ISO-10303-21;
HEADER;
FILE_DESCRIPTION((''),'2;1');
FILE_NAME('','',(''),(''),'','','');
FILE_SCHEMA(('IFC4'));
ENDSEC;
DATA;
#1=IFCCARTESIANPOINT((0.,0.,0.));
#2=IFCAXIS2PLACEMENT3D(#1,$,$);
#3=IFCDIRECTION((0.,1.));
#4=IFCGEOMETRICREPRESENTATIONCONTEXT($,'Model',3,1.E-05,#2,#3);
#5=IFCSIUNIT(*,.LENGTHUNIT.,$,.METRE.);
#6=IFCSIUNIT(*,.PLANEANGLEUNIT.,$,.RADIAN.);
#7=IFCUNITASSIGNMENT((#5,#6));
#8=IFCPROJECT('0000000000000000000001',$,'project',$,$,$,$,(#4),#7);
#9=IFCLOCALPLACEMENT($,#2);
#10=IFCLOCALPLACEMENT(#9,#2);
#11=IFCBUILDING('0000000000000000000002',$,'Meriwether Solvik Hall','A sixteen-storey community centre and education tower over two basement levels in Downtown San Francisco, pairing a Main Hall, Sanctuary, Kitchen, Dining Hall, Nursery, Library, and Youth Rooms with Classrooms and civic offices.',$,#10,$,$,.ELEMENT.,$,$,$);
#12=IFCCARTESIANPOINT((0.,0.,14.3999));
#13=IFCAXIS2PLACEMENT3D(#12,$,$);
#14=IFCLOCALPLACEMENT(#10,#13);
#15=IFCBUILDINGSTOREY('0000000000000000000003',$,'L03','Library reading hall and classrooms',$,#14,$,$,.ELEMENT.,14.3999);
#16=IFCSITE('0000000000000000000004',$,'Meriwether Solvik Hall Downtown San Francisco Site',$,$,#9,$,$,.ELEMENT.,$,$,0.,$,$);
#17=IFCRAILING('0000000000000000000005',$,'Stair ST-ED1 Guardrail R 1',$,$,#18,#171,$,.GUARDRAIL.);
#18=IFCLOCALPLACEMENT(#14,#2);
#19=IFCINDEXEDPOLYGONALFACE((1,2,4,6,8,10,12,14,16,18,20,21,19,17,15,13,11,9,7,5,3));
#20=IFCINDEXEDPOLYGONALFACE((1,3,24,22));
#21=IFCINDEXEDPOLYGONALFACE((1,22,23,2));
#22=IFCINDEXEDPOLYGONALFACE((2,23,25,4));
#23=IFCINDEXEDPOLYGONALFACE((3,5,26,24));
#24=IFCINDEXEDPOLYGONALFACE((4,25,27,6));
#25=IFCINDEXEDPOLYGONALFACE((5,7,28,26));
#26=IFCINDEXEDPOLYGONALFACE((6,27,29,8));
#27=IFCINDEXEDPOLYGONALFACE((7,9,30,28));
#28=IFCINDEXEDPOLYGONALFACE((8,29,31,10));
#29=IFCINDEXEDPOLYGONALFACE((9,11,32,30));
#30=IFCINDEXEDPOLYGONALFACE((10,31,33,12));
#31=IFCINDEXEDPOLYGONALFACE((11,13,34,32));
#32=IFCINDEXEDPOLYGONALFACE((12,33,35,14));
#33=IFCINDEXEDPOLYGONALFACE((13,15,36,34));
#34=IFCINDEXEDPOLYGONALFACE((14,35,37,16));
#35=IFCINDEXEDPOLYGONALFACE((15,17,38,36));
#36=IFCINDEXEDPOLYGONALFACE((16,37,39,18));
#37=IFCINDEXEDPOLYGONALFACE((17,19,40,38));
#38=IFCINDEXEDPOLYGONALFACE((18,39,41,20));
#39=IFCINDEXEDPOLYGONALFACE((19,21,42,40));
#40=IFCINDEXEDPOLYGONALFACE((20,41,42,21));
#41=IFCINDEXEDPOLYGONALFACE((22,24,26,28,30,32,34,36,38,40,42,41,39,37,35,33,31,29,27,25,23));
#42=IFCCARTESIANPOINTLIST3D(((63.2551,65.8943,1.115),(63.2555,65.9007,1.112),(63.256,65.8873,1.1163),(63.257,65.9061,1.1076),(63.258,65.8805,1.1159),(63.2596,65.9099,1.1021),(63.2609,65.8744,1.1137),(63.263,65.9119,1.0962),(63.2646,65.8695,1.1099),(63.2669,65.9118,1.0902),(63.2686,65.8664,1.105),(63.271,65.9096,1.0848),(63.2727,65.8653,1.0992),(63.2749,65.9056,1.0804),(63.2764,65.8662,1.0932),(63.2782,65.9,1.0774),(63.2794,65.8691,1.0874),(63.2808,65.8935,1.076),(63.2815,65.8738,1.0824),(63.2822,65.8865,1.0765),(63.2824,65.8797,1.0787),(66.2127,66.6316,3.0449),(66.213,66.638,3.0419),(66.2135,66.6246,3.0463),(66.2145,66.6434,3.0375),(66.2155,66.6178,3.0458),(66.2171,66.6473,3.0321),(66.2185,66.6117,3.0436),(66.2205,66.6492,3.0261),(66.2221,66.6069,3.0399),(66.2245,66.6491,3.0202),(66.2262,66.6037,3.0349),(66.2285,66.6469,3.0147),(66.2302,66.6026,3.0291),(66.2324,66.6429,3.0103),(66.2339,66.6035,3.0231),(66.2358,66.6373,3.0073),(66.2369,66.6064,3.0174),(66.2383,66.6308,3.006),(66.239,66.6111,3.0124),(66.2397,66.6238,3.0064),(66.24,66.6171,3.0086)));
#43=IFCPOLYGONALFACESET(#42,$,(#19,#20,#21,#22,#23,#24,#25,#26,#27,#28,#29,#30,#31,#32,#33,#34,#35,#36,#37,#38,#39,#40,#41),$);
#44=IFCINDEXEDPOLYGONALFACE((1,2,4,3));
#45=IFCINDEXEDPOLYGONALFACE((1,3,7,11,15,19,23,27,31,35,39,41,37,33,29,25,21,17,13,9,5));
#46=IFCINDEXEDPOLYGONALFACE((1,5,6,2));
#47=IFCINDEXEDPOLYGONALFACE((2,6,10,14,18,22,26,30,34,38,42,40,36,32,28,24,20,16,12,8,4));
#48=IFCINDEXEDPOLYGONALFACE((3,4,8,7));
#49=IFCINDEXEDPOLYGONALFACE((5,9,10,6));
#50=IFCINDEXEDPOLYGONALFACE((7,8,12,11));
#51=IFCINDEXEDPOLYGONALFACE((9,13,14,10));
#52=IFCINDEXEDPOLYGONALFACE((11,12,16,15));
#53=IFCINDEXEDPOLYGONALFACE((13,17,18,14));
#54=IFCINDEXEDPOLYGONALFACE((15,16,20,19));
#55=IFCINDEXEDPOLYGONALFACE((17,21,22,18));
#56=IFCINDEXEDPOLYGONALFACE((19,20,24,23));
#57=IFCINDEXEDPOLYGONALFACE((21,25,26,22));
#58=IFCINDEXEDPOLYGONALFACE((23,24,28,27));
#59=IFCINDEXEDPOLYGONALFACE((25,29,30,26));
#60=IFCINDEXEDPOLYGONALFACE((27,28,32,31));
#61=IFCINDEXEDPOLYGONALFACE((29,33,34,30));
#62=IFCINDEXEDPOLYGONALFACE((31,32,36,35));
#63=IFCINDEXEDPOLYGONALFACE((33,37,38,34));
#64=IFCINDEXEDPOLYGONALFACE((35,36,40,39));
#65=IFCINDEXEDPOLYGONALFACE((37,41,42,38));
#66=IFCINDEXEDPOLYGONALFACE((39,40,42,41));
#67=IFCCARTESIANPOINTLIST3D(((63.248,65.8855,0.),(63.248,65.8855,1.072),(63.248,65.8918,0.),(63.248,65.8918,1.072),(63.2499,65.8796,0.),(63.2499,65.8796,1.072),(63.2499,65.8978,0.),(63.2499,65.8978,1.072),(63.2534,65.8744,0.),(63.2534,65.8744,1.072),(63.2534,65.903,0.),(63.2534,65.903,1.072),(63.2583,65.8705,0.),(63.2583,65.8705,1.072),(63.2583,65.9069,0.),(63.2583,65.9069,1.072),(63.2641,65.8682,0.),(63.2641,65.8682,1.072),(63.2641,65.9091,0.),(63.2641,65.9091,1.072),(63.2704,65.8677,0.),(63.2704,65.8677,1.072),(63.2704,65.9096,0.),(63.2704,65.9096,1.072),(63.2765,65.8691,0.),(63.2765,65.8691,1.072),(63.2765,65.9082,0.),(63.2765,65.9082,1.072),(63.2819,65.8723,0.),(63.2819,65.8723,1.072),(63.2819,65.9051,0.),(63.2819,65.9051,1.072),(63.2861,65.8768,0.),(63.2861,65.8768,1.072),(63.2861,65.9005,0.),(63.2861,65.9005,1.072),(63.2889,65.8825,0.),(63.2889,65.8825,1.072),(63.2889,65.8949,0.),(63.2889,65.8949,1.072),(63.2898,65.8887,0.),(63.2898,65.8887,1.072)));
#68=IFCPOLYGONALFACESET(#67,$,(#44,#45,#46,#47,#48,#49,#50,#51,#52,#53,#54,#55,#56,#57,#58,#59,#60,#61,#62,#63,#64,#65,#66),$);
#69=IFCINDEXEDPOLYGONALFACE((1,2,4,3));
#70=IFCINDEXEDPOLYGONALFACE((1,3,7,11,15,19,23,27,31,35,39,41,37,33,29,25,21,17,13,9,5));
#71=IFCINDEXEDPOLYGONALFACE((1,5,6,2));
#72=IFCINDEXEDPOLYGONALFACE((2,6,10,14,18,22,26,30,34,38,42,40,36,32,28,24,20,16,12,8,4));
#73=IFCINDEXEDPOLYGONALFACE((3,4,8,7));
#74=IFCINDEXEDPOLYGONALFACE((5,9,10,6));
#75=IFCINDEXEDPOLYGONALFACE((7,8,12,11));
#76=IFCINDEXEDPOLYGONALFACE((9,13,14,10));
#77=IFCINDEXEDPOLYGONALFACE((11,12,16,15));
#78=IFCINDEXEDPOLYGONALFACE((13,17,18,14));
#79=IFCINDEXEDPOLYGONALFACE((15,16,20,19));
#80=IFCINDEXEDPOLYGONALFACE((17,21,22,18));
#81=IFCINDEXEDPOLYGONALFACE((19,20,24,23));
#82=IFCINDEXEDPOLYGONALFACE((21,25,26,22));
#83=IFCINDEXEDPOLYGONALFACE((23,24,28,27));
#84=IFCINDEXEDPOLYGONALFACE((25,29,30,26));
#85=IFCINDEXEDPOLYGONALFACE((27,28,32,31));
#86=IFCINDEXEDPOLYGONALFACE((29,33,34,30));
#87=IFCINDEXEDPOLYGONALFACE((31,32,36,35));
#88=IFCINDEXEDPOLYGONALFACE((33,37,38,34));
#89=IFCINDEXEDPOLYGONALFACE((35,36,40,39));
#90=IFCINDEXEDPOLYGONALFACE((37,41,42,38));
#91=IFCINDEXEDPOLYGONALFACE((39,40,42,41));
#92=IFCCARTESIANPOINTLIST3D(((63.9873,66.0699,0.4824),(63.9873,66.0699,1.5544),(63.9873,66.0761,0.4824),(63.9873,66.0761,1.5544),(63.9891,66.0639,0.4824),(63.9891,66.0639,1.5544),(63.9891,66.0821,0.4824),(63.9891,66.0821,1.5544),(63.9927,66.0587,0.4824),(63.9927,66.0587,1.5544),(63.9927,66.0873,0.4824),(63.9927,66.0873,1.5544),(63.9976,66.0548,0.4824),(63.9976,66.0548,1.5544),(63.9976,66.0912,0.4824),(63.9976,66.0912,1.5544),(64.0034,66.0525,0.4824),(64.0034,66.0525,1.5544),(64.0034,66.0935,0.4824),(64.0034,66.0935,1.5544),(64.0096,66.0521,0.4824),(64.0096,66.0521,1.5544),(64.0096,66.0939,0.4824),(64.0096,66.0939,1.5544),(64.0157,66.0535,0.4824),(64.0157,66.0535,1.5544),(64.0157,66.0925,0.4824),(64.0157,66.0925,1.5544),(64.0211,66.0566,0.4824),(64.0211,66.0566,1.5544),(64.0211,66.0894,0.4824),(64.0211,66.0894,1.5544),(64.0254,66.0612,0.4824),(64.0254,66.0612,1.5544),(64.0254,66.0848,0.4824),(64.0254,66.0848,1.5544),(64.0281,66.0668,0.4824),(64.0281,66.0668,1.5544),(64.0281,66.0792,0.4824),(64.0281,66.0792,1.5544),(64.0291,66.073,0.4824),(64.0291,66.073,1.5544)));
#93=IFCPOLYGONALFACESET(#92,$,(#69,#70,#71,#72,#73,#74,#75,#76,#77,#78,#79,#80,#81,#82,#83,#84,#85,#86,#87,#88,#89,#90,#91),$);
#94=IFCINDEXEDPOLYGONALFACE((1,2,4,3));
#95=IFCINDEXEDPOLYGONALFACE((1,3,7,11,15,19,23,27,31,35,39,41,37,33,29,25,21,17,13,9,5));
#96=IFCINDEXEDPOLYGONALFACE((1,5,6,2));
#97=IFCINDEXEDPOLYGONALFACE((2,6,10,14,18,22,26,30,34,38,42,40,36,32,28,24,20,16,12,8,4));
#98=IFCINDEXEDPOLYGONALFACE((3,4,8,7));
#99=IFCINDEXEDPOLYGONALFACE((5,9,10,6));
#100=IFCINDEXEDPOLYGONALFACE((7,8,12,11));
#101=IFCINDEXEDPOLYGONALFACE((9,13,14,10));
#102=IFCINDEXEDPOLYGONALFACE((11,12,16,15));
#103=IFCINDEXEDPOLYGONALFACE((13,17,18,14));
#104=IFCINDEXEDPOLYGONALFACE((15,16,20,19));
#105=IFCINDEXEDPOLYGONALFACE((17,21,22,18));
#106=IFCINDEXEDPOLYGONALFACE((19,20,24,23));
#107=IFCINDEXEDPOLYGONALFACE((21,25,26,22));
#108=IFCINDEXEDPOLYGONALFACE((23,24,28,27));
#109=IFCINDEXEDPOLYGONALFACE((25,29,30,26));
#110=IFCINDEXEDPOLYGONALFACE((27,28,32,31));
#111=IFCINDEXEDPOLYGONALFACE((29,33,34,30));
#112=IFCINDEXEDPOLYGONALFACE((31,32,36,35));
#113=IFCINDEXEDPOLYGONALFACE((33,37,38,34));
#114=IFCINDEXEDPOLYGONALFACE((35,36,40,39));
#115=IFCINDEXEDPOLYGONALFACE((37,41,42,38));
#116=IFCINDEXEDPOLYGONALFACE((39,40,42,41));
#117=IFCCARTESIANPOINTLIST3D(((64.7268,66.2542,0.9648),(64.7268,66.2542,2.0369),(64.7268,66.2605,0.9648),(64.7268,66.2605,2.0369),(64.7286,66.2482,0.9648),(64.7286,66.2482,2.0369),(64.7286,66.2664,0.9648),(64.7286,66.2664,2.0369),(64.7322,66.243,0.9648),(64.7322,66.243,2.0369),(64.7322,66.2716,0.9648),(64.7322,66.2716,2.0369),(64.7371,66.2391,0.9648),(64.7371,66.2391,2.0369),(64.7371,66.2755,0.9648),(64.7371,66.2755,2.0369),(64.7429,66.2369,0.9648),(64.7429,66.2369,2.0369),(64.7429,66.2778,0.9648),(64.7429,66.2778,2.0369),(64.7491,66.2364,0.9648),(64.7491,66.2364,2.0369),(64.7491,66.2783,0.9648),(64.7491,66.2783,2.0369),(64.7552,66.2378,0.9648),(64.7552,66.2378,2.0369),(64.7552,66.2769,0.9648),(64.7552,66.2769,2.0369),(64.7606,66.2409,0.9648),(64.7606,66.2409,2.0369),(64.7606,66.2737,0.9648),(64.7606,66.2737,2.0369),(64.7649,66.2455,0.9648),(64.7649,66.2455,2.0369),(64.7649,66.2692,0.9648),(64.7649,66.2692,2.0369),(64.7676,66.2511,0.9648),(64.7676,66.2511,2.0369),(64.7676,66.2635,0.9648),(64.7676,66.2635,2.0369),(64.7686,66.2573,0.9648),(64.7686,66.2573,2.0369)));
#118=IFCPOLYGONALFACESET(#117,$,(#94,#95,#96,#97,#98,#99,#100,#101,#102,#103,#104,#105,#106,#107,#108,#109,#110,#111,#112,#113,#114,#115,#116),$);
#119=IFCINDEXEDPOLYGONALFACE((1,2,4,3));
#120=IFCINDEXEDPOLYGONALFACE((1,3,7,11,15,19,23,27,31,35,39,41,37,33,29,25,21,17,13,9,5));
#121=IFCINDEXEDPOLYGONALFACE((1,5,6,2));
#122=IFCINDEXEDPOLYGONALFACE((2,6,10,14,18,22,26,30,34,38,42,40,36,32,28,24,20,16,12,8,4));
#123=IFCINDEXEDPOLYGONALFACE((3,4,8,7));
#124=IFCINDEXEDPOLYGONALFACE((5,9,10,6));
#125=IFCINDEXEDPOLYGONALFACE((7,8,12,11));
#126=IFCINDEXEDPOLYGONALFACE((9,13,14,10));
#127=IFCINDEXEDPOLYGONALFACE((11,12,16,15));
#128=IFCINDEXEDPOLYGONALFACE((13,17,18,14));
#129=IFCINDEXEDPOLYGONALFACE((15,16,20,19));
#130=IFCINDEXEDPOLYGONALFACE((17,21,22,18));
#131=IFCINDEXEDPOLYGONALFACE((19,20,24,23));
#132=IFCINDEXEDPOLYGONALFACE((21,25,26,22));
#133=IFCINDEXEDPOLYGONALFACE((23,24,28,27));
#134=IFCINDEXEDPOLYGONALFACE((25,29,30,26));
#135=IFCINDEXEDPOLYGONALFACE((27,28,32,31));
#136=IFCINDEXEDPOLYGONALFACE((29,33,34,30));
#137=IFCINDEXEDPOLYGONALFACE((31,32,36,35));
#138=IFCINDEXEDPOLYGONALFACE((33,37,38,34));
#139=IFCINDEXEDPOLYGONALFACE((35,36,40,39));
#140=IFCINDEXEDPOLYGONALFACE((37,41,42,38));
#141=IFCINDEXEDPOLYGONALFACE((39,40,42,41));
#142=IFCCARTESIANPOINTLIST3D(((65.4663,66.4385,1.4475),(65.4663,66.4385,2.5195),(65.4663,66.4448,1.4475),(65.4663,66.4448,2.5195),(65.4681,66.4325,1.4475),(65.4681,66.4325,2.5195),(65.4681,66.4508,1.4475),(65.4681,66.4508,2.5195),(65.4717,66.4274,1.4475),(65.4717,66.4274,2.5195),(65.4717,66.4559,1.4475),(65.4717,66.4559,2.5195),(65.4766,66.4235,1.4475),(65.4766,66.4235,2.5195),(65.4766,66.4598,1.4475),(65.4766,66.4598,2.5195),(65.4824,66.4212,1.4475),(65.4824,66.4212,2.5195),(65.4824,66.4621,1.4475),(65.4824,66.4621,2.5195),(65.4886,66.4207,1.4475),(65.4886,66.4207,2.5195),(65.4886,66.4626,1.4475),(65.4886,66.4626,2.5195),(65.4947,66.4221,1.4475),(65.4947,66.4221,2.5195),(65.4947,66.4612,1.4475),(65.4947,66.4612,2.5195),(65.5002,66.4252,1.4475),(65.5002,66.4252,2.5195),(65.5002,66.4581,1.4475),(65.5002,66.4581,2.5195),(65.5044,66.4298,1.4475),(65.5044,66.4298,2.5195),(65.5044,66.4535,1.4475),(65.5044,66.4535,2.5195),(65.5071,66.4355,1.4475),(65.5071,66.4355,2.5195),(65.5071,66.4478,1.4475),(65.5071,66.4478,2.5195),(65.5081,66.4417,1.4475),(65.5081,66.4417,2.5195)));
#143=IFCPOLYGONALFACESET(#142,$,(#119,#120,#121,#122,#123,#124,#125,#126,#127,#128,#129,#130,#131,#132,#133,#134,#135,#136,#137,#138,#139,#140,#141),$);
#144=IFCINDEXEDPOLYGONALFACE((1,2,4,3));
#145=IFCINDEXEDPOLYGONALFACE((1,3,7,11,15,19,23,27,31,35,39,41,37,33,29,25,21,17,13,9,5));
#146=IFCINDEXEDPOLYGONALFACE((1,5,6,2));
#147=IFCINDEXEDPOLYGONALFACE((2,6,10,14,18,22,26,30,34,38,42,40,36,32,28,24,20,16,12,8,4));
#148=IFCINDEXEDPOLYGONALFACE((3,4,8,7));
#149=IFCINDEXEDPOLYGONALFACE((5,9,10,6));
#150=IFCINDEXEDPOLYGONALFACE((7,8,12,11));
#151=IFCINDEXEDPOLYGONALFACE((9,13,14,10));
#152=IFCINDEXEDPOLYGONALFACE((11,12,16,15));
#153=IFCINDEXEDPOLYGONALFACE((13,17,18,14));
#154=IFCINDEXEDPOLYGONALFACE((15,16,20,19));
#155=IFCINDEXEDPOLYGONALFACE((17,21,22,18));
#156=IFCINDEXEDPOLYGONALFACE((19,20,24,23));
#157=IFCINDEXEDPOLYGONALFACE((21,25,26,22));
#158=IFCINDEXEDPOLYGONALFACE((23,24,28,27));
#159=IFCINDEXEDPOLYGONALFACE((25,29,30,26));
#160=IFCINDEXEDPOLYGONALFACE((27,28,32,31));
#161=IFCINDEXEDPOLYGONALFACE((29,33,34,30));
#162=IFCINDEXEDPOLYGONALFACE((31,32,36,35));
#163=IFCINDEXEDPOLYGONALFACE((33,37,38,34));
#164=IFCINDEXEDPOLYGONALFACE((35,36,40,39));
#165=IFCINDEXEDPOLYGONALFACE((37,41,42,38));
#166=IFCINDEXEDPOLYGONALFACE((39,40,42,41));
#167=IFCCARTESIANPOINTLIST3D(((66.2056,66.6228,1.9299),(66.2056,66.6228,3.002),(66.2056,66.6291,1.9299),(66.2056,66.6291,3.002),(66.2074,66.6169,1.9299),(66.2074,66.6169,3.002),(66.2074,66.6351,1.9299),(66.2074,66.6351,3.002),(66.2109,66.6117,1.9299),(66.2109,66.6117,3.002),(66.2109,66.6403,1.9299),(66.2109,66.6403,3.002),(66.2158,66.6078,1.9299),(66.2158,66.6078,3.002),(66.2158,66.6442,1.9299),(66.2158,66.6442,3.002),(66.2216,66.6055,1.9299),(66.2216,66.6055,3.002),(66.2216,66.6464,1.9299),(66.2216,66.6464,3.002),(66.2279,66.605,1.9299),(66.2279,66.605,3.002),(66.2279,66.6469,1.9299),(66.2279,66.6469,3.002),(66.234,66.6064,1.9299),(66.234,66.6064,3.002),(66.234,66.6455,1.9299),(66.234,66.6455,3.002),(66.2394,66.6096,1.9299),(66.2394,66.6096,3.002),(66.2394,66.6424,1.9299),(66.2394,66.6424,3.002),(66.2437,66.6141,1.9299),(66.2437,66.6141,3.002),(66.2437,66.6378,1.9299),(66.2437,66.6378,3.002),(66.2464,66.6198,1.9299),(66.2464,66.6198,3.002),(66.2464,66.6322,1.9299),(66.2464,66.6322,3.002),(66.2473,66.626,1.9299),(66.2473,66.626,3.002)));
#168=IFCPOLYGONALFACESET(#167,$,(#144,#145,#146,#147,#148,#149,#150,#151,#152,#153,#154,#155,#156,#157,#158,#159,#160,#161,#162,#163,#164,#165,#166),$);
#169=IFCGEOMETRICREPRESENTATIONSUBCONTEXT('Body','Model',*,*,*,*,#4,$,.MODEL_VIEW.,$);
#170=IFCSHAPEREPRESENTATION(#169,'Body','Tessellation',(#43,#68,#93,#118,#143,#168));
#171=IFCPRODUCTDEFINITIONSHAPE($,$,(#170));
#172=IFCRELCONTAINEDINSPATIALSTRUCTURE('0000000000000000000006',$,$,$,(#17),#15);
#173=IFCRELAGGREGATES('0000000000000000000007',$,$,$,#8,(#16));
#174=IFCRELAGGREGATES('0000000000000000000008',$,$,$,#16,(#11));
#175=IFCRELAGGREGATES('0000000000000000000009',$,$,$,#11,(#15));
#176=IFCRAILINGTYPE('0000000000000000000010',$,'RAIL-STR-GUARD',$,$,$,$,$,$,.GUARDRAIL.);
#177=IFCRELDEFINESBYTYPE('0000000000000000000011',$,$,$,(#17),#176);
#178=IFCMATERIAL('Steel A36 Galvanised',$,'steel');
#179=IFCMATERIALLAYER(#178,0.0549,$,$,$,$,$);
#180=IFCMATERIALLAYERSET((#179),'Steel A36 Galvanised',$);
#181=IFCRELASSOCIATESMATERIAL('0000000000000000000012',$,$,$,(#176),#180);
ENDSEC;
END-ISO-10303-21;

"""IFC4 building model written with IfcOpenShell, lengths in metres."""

from ifc_helpers import new_model, si_unit, direction, frame, origin, origin_2d, place, context, subcontext, project, spatial, circle, extrude, material, layer, layer_set, type_object, element, save


model = new_model("IFC4")

# Units and contexts
model_context = context("Model", 3, precision=1e-05, world=origin(), true_north=direction((0.0, 1.0)))
body_context = subcontext(model_context, "Body", "Model", "MODEL_VIEW")
ifc_project = project(units=[si_unit("LENGTHUNIT", "METRE"), si_unit("PLANEANGLEUNIT", "RADIAN")], contexts=[model_context])

# Site, building, storey
site_placement = place(None, origin())
site = spatial("IfcSite", under=ifc_project, at=site_placement, Name="Meriwether Solvik Hall Downtown San Francisco Site", CompositionType="ELEMENT", RefElevation=0.0)
building_placement = place(site_placement, origin())
building = spatial("IfcBuilding", under=site, at=building_placement, Name="Meriwether Solvik Hall", Description="A sixteen-storey community centre and education tower over two basement levels in Downtown San Francisco, pairing a Main Hall, Sanctuary, Kitchen, Dining Hall, Nursery, Library, and Youth Rooms with Classrooms and civic offices.", CompositionType="ELEMENT")
storey_placement = place(building_placement, frame((0.0, 0.0, 14.3999)))
storey = spatial("IfcBuildingStorey", under=building, at=storey_placement, Name="L03", Description="Library reading hall and classrooms", CompositionType="ELEMENT", Elevation=14.3999)

# Railing
ifc_material_1 = material(Name="Steel A36 Galvanised", Category="steel")
ifc_layer_1 = layer(ifc_material_1, 0.0549)
ifc_layer_set_1 = layer_set([ifc_layer_1], Name="Steel A36 Galvanised")
railing_type_1 = type_object("IfcRailingType", Name="RAIL-STR-GUARD", PredefinedType="GUARDRAIL", material=ifc_layer_set_1)
railing_1_placement = place(storey_placement, frame((63.2688, 65.8887, 0.0)))
element("IfcRailing", 1, at=railing_1_placement, inside=storey, type_object=railing_type_1, Name="Stair ST-ED1 Guardrail R 1", PredefinedType="GUARDRAIL", context=body_context, shape_type="SweptSolid", body=[
    extrude(circle(Radius=0.0239, at=origin_2d()), frame((0.0, 0.0, 1.0962), z_axis=(0.81979, 0.204372, 0.534955), x_axis=(-0.241895, 0.970302, 0.0)), (0.0, 0.0, 1.0), 3.6077),
    extrude(circle(Radius=0.021, at=origin_2d()), origin(), (0.0, 0.0, 1.0), 1.072),
    extrude(circle(Radius=0.021, at=origin_2d()), frame((0.7393, 0.1843, 0.4824)), (0.0, 0.0, 1.0), 1.072),
    extrude(circle(Radius=0.021, at=origin_2d()), frame((1.4788, 0.3687, 0.9648)), (0.0, 0.0, 1.0), 1.072),
    extrude(circle(Radius=0.021, at=origin_2d()), frame((2.2183, 0.553, 1.4475)), (0.0, 0.0, 1.0), 1.072),
    extrude(circle(Radius=0.021, at=origin_2d()), frame((2.9575, 0.7373, 1.9299)), (0.0, 0.0, 1.0), 1.072),
])

save(model, "model.ifc")
